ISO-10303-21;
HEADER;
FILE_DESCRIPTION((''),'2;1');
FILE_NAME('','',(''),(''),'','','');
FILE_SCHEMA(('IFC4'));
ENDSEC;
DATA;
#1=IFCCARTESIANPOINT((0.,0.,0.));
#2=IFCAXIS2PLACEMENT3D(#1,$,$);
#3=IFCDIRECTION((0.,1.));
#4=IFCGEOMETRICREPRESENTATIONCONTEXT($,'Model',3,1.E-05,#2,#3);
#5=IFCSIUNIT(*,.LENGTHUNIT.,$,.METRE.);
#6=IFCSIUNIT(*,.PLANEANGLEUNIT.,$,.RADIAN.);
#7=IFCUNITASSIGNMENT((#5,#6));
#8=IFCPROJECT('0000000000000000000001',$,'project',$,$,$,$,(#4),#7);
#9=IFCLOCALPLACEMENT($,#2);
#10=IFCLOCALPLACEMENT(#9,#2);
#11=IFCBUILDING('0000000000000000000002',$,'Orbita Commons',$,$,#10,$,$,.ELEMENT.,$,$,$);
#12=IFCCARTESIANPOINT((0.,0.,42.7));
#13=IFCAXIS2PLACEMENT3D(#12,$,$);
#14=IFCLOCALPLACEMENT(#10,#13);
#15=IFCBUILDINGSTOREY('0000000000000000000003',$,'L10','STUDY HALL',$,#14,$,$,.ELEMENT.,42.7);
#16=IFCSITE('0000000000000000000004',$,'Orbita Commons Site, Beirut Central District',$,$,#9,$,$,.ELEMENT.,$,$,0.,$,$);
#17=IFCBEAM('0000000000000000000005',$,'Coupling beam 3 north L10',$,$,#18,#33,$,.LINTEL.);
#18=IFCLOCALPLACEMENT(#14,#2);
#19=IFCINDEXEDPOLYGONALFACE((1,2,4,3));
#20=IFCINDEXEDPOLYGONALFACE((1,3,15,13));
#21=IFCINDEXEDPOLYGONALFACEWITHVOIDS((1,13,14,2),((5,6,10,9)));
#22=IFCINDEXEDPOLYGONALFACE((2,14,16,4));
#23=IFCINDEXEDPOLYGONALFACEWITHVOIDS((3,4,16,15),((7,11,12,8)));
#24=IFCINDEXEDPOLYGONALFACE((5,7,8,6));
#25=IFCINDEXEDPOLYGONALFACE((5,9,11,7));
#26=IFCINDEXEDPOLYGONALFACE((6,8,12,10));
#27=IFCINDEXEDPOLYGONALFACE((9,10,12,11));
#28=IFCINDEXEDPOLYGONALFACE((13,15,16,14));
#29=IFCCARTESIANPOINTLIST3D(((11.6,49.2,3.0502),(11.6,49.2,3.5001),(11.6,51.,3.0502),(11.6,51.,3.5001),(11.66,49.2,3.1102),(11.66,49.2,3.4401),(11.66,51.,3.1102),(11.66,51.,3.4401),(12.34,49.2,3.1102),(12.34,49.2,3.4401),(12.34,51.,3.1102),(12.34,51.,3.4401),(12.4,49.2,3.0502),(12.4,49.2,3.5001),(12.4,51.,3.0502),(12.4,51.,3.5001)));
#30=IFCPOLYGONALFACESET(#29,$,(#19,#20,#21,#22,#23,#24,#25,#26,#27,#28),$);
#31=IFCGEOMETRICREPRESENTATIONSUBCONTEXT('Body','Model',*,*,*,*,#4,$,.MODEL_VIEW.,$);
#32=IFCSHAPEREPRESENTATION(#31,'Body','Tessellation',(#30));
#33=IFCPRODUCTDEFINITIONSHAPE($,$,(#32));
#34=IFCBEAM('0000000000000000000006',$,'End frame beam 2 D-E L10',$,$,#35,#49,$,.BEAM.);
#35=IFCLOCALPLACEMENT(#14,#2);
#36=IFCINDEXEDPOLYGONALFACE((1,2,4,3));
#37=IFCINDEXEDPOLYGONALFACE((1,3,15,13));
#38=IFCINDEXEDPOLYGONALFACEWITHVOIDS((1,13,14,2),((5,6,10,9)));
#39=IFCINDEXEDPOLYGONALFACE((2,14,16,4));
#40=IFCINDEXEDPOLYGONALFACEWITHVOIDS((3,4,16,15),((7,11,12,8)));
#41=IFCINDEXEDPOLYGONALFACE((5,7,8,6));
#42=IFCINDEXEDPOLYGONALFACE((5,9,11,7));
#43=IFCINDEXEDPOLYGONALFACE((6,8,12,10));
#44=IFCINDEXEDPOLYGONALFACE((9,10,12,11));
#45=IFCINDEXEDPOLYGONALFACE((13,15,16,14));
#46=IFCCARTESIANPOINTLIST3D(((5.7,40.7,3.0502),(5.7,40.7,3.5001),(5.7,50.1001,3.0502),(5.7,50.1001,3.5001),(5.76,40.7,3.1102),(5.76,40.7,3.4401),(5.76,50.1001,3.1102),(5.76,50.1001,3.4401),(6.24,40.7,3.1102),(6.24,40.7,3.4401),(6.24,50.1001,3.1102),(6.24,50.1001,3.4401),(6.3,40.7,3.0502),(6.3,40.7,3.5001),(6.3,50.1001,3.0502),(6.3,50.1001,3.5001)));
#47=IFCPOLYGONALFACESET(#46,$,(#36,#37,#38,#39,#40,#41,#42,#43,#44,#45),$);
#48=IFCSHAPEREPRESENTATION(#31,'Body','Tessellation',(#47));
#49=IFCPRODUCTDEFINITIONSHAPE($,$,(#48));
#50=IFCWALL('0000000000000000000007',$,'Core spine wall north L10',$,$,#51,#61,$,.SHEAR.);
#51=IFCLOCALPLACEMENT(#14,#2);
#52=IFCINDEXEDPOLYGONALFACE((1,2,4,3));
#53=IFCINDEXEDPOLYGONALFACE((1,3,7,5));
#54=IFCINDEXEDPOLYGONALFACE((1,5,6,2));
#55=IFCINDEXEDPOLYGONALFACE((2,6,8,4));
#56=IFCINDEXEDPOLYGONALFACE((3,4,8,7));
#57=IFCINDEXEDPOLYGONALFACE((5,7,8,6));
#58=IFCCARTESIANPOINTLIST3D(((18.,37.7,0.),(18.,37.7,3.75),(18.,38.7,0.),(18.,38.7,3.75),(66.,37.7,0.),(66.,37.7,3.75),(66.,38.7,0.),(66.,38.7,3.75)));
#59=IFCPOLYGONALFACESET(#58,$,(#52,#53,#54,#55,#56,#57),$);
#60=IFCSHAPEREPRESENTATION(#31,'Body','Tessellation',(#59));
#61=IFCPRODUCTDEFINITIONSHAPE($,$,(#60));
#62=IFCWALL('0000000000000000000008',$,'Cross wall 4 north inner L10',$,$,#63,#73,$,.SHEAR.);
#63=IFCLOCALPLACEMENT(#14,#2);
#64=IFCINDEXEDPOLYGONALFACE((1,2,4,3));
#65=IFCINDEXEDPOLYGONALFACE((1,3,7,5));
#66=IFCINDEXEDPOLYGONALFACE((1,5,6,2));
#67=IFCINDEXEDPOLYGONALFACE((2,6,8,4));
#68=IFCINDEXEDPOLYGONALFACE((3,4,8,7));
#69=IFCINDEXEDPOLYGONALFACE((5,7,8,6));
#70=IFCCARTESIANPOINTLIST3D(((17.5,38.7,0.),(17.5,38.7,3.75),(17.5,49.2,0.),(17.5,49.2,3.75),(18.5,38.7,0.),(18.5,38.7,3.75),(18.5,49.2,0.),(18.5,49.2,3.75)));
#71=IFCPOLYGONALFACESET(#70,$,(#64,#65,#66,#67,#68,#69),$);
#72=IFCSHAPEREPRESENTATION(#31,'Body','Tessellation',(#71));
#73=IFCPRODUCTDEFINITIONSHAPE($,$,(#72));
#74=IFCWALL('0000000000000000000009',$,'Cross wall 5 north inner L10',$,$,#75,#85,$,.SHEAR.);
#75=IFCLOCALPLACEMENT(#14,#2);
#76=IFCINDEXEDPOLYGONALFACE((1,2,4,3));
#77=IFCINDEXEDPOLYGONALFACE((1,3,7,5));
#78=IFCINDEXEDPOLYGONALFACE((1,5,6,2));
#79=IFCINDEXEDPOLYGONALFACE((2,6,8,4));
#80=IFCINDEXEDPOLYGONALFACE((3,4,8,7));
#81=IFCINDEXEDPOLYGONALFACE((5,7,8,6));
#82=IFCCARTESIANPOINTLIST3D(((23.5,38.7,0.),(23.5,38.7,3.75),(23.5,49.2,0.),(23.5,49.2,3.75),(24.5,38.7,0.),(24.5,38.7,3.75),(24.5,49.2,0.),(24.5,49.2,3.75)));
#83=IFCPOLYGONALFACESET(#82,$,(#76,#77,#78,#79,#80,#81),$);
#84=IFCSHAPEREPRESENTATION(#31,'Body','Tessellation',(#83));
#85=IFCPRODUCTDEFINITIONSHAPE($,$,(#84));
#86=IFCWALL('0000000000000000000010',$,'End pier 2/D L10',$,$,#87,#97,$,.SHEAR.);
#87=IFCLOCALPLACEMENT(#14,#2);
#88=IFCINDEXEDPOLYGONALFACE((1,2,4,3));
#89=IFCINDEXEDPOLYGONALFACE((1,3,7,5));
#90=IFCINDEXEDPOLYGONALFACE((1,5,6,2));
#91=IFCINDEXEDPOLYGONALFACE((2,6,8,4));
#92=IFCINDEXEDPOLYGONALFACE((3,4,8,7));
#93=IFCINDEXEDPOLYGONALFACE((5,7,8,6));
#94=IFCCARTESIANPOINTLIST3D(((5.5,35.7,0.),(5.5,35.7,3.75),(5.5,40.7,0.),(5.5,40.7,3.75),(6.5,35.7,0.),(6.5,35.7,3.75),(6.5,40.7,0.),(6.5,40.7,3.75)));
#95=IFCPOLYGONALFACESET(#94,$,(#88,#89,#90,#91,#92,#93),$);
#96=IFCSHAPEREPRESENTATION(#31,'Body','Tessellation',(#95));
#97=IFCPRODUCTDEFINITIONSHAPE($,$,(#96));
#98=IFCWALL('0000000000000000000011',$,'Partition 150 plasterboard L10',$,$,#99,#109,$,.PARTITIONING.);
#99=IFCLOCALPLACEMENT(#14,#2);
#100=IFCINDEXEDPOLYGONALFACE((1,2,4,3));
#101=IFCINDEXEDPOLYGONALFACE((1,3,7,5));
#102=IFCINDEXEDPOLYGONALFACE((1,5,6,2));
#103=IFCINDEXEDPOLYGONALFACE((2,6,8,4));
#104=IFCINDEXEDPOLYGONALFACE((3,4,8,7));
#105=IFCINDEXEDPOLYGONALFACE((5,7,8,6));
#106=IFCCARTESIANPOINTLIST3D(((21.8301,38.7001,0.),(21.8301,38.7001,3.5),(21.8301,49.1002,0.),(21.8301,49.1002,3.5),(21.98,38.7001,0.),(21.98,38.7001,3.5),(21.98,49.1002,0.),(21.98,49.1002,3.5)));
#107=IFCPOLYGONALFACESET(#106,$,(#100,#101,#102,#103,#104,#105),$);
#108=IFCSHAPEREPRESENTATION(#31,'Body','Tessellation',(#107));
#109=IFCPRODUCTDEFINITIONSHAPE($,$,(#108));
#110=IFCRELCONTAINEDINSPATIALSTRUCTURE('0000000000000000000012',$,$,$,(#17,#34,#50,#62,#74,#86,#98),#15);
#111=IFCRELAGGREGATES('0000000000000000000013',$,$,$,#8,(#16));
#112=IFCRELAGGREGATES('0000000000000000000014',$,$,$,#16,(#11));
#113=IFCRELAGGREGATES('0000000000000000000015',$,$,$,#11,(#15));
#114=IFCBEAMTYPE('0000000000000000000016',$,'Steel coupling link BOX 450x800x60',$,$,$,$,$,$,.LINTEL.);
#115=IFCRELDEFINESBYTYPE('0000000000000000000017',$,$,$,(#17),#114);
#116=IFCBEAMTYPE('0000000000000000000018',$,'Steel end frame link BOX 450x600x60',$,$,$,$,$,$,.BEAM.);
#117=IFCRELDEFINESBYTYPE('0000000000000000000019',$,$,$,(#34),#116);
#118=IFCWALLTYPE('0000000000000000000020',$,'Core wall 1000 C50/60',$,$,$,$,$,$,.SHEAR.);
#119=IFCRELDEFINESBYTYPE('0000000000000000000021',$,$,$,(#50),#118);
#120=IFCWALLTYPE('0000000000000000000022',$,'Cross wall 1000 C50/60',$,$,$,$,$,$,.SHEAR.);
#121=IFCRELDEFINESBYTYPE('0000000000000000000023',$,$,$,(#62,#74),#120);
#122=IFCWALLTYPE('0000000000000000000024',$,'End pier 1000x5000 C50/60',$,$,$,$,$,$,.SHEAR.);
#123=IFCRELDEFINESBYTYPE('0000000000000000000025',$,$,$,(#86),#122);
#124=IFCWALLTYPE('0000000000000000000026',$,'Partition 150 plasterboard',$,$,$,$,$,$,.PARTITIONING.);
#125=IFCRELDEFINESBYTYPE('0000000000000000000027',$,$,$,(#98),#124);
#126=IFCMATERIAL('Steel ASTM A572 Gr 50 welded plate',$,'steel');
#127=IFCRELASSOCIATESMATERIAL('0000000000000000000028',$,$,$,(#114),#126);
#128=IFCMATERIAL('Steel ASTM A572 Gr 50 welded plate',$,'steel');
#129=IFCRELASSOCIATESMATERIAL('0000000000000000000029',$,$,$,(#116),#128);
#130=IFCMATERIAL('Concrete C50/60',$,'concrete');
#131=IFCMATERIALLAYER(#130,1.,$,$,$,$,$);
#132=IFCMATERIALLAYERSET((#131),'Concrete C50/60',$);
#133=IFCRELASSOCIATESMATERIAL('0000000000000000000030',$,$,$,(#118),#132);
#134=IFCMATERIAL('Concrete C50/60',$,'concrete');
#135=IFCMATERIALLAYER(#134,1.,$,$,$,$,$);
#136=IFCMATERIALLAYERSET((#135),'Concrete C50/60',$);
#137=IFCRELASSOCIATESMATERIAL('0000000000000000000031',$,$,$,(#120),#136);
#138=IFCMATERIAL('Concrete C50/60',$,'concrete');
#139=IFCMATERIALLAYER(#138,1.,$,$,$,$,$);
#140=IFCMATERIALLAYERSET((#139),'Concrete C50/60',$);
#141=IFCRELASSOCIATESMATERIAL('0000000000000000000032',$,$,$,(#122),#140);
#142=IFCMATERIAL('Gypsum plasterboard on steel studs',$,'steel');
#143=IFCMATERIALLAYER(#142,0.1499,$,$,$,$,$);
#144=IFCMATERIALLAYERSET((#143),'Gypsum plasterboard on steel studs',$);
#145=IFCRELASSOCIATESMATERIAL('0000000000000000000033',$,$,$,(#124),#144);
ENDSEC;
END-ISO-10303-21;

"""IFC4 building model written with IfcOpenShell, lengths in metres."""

from ifc_helpers import new_model, si_unit, direction, frame, frame_2d, origin, origin_2d, place, context, subcontext, project, spatial, rectangle, hollow_rectangle, extrude, material, layer, layer_set, material_profile, profile_set, type_object, element, save


model = new_model("IFC4")

# Units and contexts
model_context = context("Model", 3, precision=1e-05, world=origin(), true_north=direction((0.0, 1.0)))
body_context = subcontext(model_context, "Body", "Model", "MODEL_VIEW")
ifc_project = project(units=[si_unit("LENGTHUNIT", "METRE"), si_unit("PLANEANGLEUNIT", "RADIAN")], contexts=[model_context])

# Site, building, storey
site_placement = place(None, origin())
site = spatial("IfcSite", under=ifc_project, at=site_placement, Name="Orbita Commons Site, Beirut Central District", CompositionType="ELEMENT", RefElevation=0.0)
building_placement = place(site_placement, origin())
building = spatial("IfcBuilding", under=site, at=building_placement, Name="Orbita Commons", CompositionType="ELEMENT")
storey_placement = place(building_placement, frame((0.0, 0.0, 42.7)))
storey = spatial("IfcBuildingStorey", under=building, at=storey_placement, Name="L10", Description="STUDY HALL", CompositionType="ELEMENT", Elevation=42.7)

# Beams
ifc_material_1 = material(Name="Steel ASTM A572 Gr 50 welded plate", Category="steel")
ifc_material_profile_1 = material_profile(ifc_material_1, hollow_rectangle(XDim=0.8, YDim=0.45, WallThickness=0.0601, at=origin_2d()), Name="BOX 450x800x60")
ifc_profile_set_1 = profile_set([ifc_material_profile_1], Name="Steel ASTM A572 Gr 50 welded plate")
beam_type_1 = type_object("IfcBeamType", Name="Steel coupling link BOX 450x800x60", PredefinedType="LINTEL", material=ifc_profile_set_1)
beam_1_placement = place(storey_placement, frame((12.0, 49.2, 3.2751), z_axis=(0.0, 1.0, 0.0), x_axis=(-1.0, 0.0, 0.0)))
element("IfcBeam", 1, at=beam_1_placement, inside=storey, type_object=beam_type_1, Name="Coupling beam 3 north L10", PredefinedType="LINTEL", context=body_context, shape_type="SweptSolid", body=[
    extrude(hollow_rectangle(XDim=0.8, YDim=0.45, WallThickness=0.0601, at=origin_2d()), origin(), (0.0, 0.0, 1.0), 1.8),
])
ifc_material_2 = material(Name="Steel ASTM A572 Gr 50 welded plate", Category="steel")
ifc_material_profile_2 = material_profile(ifc_material_2, hollow_rectangle(XDim=0.6001, YDim=0.45, WallThickness=0.0601, at=origin_2d()), Name="BOX 450x600x60")
ifc_profile_set_2 = profile_set([ifc_material_profile_2], Name="Steel ASTM A572 Gr 50 welded plate")
beam_type_2 = type_object("IfcBeamType", Name="Steel end frame link BOX 450x600x60", PredefinedType="BEAM", material=ifc_profile_set_2)
beam_2_placement = place(storey_placement, frame((6.0, 40.7, 3.2751), z_axis=(0.0, 1.0, 0.0), x_axis=(-1.0, 0.0, 0.0)))
element("IfcBeam", 2, at=beam_2_placement, inside=storey, type_object=beam_type_2, Name="End frame beam 2 D-E L10", PredefinedType="BEAM", context=body_context, shape_type="SweptSolid", body=[
    extrude(hollow_rectangle(XDim=0.6001, YDim=0.45, WallThickness=0.0601, at=origin_2d()), origin(), (0.0, 0.0, 1.0), 9.4001),
])

# Walls
ifc_material_3 = material(Name="Concrete C50/60", Category="concrete")
ifc_layer_1 = layer(ifc_material_3, 1.0)
ifc_layer_set_1 = layer_set([ifc_layer_1], Name="Concrete C50/60")
wall_type_1 = type_object("IfcWallType", Name="Core wall 1000 C50/60", PredefinedType="SHEAR", material=ifc_layer_set_1)
wall_1_placement = place(storey_placement, frame((18.0, 38.2, 0.0), z_axis=(0.0, 0.0, 1.0), x_axis=(1.0, 0.0, 0.0)))
element("IfcWall", 3, at=wall_1_placement, inside=storey, type_object=wall_type_1, Name="Core spine wall north L10", PredefinedType="SHEAR", context=body_context, shape_type="SweptSolid", body=[
    extrude(rectangle(XDim=48.0, YDim=1.0, at=frame_2d((24.0, 0.0))), origin(), (0.0, 0.0, 1.0), 3.75),
])
ifc_material_4 = material(Name="Concrete C50/60", Category="concrete")
ifc_layer_2 = layer(ifc_material_4, 1.0)
ifc_layer_set_2 = layer_set([ifc_layer_2], Name="Concrete C50/60")
wall_type_2 = type_object("IfcWallType", Name="Cross wall 1000 C50/60", PredefinedType="SHEAR", material=ifc_layer_set_2)
for number, where, z_axis, x_axis, name in (
    (4, (18.0, 38.7, 0.0), (0.0, 0.0, 1.0), (0.0, 1.0, 0.0), "Cross wall 4 north inner L10"),
    (5, (24.0, 38.7, 0.0), (0.0, 0.0, 1.0), (0.0, 1.0, 0.0), "Cross wall 5 north inner L10"),
):
    element("IfcWall", number, at=place(storey_placement, frame(where, z_axis=z_axis, x_axis=x_axis)), inside=storey, type_object=wall_type_2, Name=name, PredefinedType="SHEAR", context=body_context, shape_type="SweptSolid", body=[
        extrude(rectangle(XDim=10.5, YDim=1.0, at=frame_2d((5.25, 0.0))), origin(), (0.0, 0.0, 1.0), 3.75),
    ])
ifc_material_5 = material(Name="Concrete C50/60", Category="concrete")
ifc_layer_3 = layer(ifc_material_5, 1.0)
ifc_layer_set_3 = layer_set([ifc_layer_3], Name="Concrete C50/60")
wall_type_3 = type_object("IfcWallType", Name="End pier 1000x5000 C50/60", PredefinedType="SHEAR", material=ifc_layer_set_3)
wall_2_placement = place(storey_placement, frame((6.0, 35.7, 0.0), z_axis=(0.0, 0.0, 1.0), x_axis=(0.0, 1.0, 0.0)))
element("IfcWall", 6, at=wall_2_placement, inside=storey, type_object=wall_type_3, Name="End pier 2/D L10", PredefinedType="SHEAR", context=body_context, shape_type="SweptSolid", body=[
    extrude(rectangle(XDim=5.0, YDim=1.0, at=frame_2d((2.5, 0.0))), origin(), (0.0, 0.0, 1.0), 3.75),
])
ifc_material_6 = material(Name="Gypsum plasterboard on steel studs", Category="steel")
ifc_layer_4 = layer(ifc_material_6, 0.1499)
ifc_layer_set_4 = layer_set([ifc_layer_4], Name="Gypsum plasterboard on steel studs")
wall_type_4 = type_object("IfcWallType", Name="Partition 150 plasterboard", PredefinedType="PARTITIONING", material=ifc_layer_set_4)
wall_3_placement = place(storey_placement, frame((21.905, 38.7, 0.0), z_axis=(0.0, 0.0, 1.0), x_axis=(0.0, 1.0, 0.0)))
element("IfcWall", 7, at=wall_3_placement, inside=storey, type_object=wall_type_4, Name="Partition 150 plasterboard L10", PredefinedType="PARTITIONING", context=body_context, shape_type="SweptSolid", body=[
    extrude(rectangle(XDim=10.4001, YDim=0.1499, at=frame_2d((5.2002, 0.0))), origin(), (0.0, 0.0, 1.0), 3.5),
])

save(model, "model.ifc")
